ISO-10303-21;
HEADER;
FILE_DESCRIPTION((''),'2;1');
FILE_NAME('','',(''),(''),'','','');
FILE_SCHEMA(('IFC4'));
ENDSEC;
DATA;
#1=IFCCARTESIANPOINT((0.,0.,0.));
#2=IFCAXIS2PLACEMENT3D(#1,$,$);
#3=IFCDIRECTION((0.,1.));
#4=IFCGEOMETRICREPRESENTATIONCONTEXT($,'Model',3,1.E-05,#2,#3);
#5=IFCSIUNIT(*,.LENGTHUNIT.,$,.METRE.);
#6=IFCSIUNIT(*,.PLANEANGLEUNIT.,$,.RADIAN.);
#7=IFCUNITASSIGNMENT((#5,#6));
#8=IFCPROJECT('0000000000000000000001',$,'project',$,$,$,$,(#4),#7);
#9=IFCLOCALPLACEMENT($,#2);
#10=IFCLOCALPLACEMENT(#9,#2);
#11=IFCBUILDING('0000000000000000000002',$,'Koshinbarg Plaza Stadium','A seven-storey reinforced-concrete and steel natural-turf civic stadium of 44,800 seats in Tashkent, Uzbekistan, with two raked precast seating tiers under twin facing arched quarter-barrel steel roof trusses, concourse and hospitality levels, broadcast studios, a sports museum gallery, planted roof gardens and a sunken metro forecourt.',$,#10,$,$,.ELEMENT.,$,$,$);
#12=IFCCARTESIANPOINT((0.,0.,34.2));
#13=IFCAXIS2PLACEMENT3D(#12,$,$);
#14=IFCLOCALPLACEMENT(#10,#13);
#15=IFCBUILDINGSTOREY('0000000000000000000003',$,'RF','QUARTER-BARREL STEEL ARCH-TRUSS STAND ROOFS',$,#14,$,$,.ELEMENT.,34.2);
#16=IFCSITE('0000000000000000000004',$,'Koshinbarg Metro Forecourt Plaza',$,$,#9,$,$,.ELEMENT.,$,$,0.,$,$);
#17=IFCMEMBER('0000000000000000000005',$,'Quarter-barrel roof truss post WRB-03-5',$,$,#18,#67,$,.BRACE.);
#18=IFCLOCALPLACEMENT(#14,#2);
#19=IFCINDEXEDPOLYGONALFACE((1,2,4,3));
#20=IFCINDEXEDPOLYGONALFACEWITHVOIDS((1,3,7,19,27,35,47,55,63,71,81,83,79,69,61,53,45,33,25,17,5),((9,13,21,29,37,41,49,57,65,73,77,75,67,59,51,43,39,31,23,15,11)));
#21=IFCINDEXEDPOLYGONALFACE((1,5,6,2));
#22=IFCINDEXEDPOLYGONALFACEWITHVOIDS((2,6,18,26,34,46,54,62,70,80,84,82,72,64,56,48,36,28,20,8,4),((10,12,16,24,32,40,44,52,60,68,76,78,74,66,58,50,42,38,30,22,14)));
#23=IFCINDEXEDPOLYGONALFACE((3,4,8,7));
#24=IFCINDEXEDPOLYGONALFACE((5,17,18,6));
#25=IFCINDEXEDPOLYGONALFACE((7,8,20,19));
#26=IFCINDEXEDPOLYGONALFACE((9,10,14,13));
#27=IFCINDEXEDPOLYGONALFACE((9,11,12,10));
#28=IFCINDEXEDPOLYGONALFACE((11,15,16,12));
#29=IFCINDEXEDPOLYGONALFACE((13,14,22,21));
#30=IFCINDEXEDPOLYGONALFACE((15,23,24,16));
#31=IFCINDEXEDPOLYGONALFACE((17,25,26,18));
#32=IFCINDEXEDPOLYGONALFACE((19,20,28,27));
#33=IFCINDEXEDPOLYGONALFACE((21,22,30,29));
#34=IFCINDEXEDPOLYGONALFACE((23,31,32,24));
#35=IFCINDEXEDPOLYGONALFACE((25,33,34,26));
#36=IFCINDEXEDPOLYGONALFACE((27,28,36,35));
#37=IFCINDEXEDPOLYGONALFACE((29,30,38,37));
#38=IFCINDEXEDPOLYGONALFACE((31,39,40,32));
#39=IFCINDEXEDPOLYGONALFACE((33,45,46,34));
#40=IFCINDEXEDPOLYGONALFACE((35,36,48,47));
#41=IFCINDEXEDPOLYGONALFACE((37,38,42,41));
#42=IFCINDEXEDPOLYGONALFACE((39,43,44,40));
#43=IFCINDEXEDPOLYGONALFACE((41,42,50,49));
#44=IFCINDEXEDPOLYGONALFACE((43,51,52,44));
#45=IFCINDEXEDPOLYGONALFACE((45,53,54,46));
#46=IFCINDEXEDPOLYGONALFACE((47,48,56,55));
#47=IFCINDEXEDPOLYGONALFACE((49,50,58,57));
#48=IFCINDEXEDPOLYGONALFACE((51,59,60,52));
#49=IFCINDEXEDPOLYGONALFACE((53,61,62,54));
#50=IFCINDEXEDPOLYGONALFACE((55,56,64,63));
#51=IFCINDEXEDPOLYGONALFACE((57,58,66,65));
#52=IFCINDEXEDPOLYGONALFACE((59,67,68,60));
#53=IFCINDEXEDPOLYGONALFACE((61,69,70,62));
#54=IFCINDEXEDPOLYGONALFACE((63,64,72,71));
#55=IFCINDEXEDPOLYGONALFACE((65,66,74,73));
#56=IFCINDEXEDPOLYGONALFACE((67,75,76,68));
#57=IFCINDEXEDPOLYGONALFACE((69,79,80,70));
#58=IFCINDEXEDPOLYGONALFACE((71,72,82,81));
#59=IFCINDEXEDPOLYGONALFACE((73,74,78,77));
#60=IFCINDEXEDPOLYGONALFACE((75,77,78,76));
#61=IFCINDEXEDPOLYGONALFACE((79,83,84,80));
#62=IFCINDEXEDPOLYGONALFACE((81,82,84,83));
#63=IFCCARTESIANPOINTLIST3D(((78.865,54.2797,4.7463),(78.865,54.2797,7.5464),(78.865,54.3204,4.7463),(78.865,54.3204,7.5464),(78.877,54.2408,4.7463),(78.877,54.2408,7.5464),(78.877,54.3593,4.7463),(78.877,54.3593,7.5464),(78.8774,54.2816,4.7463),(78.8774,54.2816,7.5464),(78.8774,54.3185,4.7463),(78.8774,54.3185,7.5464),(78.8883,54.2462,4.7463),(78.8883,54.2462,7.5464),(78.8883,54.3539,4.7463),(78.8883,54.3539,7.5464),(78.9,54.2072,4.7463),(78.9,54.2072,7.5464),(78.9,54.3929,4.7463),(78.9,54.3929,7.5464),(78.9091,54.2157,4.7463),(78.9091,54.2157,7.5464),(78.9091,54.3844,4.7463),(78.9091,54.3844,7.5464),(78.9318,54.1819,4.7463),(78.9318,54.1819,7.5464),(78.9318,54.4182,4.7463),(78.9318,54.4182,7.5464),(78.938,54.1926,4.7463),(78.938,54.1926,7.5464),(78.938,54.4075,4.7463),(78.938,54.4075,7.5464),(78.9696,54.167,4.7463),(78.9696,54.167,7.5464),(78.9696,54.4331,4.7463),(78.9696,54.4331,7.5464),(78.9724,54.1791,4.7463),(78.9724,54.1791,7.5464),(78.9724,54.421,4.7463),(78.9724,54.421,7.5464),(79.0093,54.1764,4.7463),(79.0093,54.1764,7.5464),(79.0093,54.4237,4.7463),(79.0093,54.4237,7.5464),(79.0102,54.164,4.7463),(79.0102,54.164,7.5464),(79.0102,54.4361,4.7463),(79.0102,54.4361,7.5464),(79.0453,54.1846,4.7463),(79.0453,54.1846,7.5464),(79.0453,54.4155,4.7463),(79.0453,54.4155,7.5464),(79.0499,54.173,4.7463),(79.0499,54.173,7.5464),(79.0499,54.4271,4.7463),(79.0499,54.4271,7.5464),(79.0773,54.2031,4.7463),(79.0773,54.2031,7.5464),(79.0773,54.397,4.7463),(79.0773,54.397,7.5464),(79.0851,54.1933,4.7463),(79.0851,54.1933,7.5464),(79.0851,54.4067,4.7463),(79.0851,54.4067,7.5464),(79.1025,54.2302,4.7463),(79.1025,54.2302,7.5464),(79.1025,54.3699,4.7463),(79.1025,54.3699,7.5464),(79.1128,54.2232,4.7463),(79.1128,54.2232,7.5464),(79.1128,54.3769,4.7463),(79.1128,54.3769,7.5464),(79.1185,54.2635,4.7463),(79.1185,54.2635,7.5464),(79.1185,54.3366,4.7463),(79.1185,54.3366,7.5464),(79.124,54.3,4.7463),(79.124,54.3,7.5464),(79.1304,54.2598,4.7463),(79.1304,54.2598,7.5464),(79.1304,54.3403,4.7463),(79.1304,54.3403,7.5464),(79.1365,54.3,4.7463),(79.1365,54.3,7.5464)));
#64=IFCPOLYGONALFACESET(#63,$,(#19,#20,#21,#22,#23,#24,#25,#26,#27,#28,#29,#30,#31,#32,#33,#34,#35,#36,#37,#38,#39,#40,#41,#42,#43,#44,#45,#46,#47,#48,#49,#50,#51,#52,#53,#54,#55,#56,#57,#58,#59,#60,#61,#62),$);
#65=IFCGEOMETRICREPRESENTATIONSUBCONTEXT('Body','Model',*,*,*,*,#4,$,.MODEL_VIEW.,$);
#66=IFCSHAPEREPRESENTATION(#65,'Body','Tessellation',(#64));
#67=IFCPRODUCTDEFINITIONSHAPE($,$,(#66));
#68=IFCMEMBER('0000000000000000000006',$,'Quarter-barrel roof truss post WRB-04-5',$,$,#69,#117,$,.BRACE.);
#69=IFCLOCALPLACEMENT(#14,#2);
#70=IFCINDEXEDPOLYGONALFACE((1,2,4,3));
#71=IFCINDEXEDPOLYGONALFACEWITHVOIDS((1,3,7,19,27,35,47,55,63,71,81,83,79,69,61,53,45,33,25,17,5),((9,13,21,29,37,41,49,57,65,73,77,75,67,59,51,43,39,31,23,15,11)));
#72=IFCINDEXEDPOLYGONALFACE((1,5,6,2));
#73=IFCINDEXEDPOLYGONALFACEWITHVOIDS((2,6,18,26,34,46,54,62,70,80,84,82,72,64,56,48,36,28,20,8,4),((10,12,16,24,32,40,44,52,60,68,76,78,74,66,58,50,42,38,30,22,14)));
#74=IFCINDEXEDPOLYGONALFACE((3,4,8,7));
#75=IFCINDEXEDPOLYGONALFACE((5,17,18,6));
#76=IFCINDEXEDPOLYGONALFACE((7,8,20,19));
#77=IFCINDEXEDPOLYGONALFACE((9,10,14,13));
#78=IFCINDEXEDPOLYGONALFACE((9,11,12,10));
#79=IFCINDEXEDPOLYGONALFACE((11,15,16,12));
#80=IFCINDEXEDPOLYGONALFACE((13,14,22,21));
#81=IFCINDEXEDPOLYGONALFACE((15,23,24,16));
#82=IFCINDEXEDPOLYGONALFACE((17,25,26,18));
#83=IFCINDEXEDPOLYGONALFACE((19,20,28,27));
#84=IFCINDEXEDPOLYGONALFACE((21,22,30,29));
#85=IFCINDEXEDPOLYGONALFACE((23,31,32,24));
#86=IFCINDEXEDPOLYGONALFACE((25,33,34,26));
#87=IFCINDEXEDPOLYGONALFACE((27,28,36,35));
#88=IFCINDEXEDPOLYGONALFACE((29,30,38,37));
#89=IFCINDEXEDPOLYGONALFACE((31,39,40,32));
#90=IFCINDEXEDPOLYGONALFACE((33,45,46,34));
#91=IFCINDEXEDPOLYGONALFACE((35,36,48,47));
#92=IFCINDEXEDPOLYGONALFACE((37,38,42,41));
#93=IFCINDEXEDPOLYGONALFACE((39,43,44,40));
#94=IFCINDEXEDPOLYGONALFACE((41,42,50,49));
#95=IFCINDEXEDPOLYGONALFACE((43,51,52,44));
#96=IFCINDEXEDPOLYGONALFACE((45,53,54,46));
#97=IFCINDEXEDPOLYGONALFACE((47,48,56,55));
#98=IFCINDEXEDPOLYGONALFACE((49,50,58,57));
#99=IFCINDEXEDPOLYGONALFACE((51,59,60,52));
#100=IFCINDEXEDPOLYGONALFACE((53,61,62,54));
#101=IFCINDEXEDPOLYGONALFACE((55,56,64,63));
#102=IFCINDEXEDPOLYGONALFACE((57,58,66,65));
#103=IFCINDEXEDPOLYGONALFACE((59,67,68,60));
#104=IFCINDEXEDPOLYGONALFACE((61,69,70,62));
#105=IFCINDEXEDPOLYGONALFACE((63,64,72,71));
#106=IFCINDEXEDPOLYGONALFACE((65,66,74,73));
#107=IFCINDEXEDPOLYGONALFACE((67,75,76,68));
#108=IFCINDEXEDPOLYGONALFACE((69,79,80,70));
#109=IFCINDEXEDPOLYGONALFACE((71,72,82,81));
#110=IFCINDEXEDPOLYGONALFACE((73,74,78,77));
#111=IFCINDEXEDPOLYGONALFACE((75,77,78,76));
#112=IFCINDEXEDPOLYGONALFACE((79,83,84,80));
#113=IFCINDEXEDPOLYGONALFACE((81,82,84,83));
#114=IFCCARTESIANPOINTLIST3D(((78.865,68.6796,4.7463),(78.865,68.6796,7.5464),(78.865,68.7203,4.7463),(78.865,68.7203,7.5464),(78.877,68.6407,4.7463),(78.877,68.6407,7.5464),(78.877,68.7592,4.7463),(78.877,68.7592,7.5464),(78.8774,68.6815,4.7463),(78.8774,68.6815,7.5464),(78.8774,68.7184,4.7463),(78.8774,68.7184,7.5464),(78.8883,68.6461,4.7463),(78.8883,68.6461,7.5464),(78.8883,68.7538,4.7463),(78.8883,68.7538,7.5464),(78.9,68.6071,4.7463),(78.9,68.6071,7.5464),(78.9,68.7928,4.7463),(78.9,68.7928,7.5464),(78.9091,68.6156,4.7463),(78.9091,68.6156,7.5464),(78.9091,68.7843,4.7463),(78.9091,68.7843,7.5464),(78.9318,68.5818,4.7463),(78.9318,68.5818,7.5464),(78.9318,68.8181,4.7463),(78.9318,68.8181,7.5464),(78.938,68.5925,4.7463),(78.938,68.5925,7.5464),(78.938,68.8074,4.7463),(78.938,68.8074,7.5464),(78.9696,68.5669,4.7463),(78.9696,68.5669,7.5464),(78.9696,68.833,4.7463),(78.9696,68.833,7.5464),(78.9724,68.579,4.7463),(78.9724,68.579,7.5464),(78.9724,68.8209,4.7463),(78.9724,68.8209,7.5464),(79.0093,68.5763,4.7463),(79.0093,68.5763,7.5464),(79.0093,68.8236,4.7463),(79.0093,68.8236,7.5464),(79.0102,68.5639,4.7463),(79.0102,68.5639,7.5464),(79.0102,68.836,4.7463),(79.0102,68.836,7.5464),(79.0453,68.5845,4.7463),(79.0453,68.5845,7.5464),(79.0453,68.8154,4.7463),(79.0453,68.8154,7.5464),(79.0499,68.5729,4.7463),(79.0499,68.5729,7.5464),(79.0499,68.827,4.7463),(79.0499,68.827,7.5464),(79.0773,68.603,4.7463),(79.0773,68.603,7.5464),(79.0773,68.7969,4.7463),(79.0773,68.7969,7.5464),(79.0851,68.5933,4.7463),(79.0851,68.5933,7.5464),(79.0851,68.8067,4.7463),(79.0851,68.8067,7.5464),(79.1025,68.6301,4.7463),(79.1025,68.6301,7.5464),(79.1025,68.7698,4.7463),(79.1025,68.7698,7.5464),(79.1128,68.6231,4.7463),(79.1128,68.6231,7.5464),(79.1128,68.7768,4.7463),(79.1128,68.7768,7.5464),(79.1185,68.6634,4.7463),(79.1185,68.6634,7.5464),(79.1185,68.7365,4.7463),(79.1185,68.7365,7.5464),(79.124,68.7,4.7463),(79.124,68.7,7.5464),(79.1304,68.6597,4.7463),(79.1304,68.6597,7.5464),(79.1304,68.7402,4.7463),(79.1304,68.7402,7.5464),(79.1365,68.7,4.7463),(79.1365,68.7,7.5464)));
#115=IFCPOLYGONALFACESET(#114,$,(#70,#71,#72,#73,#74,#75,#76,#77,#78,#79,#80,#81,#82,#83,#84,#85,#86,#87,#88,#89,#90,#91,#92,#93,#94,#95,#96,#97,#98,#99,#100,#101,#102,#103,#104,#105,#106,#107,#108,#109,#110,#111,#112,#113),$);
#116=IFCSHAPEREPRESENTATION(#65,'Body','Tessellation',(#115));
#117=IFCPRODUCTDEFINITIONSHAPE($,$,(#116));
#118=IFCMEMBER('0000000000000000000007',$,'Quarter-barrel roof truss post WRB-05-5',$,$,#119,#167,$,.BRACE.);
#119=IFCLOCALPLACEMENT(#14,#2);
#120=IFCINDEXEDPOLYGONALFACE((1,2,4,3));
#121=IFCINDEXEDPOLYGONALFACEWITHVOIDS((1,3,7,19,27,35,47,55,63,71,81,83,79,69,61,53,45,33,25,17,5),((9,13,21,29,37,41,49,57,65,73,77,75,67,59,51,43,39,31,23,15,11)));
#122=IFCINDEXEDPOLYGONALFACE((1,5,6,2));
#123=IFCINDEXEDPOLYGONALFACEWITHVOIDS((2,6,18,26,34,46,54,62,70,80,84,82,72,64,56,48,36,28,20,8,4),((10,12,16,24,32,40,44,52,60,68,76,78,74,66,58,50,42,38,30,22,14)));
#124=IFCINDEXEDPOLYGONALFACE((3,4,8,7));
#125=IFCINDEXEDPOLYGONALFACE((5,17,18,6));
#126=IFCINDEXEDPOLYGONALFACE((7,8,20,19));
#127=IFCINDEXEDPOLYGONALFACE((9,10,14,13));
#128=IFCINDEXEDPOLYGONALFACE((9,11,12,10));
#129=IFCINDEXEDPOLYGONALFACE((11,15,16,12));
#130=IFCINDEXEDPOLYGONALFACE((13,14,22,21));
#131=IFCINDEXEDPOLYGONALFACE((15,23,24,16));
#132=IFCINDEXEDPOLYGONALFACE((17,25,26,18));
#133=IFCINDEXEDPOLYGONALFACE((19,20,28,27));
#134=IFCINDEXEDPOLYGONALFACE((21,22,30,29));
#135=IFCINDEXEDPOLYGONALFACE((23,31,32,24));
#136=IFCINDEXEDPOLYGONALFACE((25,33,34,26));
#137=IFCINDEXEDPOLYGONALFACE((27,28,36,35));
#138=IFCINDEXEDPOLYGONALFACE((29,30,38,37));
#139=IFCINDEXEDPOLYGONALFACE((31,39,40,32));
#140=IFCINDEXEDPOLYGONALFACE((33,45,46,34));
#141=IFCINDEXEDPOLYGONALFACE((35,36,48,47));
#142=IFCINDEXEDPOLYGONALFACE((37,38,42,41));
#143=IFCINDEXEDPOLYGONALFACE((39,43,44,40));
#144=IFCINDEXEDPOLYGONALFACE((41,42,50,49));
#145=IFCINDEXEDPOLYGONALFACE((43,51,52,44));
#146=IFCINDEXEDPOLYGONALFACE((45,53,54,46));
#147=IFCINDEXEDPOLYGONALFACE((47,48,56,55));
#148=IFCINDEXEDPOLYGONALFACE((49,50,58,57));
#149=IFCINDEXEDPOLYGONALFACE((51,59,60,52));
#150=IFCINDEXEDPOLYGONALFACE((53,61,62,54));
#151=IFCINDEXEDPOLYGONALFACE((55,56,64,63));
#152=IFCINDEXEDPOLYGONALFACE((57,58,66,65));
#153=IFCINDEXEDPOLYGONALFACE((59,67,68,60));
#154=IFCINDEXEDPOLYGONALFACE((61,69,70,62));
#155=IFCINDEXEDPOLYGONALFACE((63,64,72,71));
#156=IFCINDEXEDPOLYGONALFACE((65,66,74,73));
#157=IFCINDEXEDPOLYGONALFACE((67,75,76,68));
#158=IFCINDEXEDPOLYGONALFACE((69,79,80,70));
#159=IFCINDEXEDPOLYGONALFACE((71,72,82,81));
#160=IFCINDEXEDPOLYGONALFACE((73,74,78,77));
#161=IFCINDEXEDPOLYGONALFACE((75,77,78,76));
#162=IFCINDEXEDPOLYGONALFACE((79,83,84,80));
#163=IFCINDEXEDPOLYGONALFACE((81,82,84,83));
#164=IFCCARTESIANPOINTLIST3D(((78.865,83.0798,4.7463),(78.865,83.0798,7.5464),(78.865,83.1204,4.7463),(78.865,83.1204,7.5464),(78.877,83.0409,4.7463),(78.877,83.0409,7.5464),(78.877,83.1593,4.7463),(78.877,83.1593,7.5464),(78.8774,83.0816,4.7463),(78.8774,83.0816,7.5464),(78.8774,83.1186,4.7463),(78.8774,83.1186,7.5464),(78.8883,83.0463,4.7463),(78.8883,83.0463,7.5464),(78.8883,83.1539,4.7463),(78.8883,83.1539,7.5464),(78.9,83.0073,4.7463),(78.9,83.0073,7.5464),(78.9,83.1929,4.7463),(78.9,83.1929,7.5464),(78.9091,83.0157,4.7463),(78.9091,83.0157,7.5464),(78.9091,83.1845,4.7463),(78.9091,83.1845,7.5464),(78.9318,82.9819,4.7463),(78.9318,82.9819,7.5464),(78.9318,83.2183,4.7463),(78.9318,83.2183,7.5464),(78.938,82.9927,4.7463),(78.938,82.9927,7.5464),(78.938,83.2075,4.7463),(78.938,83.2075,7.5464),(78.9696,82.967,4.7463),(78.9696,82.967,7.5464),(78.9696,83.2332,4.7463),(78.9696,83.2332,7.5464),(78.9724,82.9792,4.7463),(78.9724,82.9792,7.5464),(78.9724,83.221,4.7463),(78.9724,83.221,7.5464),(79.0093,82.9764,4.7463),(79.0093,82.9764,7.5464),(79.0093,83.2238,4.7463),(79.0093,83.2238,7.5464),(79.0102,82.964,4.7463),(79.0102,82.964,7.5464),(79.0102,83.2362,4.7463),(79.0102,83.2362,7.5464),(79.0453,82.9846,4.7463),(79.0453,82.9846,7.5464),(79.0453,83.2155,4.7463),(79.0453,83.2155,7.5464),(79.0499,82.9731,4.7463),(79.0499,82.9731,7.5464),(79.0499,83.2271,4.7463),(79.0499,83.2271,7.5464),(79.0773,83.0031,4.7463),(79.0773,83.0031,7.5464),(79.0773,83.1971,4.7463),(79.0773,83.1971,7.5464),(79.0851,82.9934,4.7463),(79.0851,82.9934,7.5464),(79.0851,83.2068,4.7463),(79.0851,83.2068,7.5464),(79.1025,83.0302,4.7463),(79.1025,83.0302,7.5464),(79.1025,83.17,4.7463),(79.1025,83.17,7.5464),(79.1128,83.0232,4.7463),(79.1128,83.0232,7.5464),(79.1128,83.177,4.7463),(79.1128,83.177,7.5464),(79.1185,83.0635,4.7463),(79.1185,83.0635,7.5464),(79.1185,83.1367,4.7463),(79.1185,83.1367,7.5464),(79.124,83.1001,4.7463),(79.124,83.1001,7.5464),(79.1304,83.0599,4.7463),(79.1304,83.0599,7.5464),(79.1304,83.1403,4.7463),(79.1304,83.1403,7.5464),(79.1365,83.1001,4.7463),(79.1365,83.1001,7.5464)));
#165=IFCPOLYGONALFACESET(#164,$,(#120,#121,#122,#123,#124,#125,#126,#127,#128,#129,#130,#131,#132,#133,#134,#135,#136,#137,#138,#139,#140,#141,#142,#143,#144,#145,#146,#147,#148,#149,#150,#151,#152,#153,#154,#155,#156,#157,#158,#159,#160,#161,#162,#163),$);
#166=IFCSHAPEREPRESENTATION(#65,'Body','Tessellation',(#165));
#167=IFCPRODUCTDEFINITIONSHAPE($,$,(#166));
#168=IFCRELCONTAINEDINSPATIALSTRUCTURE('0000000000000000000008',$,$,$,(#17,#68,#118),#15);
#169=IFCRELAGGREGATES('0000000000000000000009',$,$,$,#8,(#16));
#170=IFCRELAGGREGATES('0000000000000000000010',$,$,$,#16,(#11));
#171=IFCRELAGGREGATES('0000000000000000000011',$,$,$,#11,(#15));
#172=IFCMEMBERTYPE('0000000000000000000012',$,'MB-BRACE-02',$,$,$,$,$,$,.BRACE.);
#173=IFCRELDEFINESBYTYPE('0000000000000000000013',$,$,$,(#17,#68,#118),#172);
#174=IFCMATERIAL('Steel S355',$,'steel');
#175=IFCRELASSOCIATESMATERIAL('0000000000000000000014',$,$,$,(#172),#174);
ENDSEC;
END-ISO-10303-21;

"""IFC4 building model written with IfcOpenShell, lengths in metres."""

from ifc_helpers import new_model, si_unit, direction, frame, origin, origin_2d, place, context, subcontext, project, spatial, hollow_circle, extrude, material, material_profile, profile_set, type_object, element, save


model = new_model("IFC4")

# Units and contexts
model_context = context("Model", 3, precision=1e-05, world=origin(), true_north=direction((0.0, 1.0)))
body_context = subcontext(model_context, "Body", "Model", "MODEL_VIEW")
ifc_project = project(units=[si_unit("LENGTHUNIT", "METRE"), si_unit("PLANEANGLEUNIT", "RADIAN")], contexts=[model_context])

# Site, building, storey
site_placement = place(None, origin())
site = spatial("IfcSite", under=ifc_project, at=site_placement, Name="Koshinbarg Metro Forecourt Plaza", CompositionType="ELEMENT", RefElevation=0.0)
building_placement = place(site_placement, origin())
building = spatial("IfcBuilding", under=site, at=building_placement, Name="Koshinbarg Plaza Stadium", Description="A seven-storey reinforced-concrete and steel natural-turf civic stadium of 44,800 seats in Tashkent, Uzbekistan, with two raked precast seating tiers under twin facing arched quarter-barrel steel roof trusses, concourse and hospitality levels, broadcast studios, a sports museum gallery, planted roof gardens and a sunken metro forecourt.", CompositionType="ELEMENT")
storey_placement = place(building_placement, frame((0.0, 0.0, 34.2)))
storey = spatial("IfcBuildingStorey", under=building, at=storey_placement, Name="RF", Description="QUARTER-BARREL STEEL ARCH-TRUSS STAND ROOFS", CompositionType="ELEMENT", Elevation=34.2)

# Members
ifc_material = material(Name="Steel S355", Category="steel")
ifc_material_profile_1 = material_profile(ifc_material, hollow_circle(Radius=0.1365, WallThickness=0.0125, at=origin_2d()), Name="CHS 273x12.5")
ifc_profile_set_1 = profile_set([ifc_material_profile_1], Name="Steel S355")
member_type_1 = type_object("IfcMemberType", Name="MB-BRACE-02", PredefinedType="BRACE", material=ifc_profile_set_1)
for number, where, z_axis, x_axis, name in (
    (1, (79.0, 54.3, 4.7463), (0.0, 0.0, 1.0), (1.0, 0.0, 0.0), "Quarter-barrel roof truss post WRB-03-5"),
    (2, (79.0, 68.7, 4.7463), (0.0, 0.0, 1.0), (1.0, 0.0, 0.0), "Quarter-barrel roof truss post WRB-04-5"),
    (3, (79.0, 83.1001, 4.7463), (0.0, 0.0, 1.0), (1.0, 0.0, 0.0), "Quarter-barrel roof truss post WRB-05-5"),
):
    element("IfcMember", number, at=place(storey_placement, frame(where, z_axis=z_axis, x_axis=x_axis)), inside=storey, type_object=member_type_1, Name=name, PredefinedType="BRACE", context=body_context, shape_type="SweptSolid", body=[
        extrude(hollow_circle(Radius=0.1365, WallThickness=0.0125, at=origin_2d()), origin(), (0.0, 0.0, 1.0), 2.8),
    ])

save(model, "model.ifc")
